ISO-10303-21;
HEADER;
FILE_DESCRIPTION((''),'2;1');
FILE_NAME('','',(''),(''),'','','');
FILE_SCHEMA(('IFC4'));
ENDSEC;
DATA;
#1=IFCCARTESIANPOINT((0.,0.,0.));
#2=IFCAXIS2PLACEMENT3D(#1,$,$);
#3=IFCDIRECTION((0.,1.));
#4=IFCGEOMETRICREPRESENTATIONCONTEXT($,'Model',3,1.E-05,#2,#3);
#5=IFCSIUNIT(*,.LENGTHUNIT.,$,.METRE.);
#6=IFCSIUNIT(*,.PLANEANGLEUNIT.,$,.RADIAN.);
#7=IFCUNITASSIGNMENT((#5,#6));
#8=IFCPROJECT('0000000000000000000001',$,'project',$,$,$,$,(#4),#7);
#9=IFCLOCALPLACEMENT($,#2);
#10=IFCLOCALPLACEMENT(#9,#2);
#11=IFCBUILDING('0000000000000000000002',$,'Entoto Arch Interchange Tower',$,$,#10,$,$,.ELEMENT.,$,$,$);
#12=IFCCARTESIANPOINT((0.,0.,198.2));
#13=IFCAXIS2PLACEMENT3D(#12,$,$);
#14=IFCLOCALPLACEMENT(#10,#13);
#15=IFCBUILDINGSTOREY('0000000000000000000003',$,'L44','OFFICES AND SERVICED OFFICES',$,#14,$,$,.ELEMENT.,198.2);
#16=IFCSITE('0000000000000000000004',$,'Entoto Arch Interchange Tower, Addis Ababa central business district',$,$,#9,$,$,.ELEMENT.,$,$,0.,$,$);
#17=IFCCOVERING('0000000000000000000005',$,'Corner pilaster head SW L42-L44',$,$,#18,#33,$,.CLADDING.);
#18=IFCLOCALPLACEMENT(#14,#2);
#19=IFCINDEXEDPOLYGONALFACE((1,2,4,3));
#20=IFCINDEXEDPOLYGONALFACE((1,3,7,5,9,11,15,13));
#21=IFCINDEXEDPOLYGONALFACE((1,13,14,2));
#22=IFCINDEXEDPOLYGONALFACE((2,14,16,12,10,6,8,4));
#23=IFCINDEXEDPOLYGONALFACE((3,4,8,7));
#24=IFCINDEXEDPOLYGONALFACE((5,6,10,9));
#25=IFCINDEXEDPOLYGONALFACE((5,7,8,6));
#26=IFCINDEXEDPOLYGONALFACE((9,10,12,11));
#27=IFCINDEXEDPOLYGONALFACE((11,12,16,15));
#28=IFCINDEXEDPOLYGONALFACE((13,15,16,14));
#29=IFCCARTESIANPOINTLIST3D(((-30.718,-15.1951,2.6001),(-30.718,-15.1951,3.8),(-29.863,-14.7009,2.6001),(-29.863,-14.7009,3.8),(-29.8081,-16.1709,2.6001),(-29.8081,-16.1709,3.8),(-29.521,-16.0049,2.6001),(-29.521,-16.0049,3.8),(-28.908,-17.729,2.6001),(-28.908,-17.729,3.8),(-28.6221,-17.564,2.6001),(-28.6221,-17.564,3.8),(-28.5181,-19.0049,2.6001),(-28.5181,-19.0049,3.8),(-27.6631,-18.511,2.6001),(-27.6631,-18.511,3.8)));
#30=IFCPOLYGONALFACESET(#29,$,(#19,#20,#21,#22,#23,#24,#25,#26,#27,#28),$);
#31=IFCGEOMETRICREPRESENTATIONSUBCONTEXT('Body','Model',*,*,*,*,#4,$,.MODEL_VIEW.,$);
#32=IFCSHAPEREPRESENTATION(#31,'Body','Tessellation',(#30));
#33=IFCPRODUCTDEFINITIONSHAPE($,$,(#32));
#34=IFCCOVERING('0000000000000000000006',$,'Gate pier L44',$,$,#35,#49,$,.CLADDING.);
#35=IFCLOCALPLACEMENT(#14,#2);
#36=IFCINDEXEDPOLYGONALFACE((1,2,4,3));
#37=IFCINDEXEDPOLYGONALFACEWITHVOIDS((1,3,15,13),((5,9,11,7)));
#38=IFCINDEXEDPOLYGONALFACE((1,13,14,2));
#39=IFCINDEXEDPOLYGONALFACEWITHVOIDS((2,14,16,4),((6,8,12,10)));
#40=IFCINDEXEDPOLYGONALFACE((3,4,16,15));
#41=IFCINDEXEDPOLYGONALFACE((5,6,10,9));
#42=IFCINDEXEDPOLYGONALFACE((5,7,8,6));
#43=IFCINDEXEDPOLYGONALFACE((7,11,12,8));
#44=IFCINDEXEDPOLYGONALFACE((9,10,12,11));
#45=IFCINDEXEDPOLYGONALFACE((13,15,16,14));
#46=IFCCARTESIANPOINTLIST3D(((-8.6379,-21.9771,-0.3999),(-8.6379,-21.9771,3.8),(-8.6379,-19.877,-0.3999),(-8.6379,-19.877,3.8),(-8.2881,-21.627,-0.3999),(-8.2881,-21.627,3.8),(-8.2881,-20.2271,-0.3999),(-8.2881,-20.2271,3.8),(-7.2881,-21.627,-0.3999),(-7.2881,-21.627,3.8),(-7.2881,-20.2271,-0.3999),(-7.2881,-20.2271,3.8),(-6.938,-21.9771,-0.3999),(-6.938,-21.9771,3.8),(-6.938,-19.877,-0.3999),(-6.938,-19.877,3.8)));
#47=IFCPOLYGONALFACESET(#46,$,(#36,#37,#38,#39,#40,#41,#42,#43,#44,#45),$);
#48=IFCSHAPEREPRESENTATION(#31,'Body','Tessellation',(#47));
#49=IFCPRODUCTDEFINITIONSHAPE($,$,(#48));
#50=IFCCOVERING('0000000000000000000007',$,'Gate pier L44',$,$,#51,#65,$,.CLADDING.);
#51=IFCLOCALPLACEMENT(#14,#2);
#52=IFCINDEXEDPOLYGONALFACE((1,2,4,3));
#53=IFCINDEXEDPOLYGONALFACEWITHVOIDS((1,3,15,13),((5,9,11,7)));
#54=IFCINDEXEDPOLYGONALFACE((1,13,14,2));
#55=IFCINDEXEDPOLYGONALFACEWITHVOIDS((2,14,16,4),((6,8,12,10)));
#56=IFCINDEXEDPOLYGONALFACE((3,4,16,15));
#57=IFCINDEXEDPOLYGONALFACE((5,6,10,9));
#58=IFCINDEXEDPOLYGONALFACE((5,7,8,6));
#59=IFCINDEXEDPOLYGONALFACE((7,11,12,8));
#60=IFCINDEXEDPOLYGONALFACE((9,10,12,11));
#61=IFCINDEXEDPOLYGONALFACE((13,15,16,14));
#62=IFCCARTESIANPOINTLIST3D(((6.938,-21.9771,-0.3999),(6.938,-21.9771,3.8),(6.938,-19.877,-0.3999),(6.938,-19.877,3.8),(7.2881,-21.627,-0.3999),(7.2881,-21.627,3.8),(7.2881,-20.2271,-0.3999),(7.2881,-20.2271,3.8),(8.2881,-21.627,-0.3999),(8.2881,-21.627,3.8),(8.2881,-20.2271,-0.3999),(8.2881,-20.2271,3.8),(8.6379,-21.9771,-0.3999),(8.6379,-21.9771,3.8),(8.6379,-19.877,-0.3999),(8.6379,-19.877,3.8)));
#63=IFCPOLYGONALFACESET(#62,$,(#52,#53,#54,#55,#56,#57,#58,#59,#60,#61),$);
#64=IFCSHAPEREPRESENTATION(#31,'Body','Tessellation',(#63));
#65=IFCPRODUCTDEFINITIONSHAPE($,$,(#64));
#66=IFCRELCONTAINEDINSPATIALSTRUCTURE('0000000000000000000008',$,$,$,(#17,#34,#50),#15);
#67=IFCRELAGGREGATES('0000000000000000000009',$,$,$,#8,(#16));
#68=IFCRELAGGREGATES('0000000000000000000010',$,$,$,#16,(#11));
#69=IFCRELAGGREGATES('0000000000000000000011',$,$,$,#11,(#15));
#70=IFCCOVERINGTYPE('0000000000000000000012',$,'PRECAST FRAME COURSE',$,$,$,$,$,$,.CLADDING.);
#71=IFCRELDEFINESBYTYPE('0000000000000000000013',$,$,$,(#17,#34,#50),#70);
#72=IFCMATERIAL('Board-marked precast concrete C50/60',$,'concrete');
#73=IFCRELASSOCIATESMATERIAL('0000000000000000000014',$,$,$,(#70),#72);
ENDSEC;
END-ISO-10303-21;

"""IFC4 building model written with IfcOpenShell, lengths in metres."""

from ifc_helpers import new_model, si_unit, direction, frame, origin, place, context, subcontext, project, spatial, polyline, outline, extrude, material, type_object, element, save


model = new_model("IFC4")

# Units and contexts
model_context = context("Model", 3, precision=1e-05, world=origin(), true_north=direction((0.0, 1.0)))
body_context = subcontext(model_context, "Body", "Model", "MODEL_VIEW")
ifc_project = project(units=[si_unit("LENGTHUNIT", "METRE"), si_unit("PLANEANGLEUNIT", "RADIAN")], contexts=[model_context])

# Site, building, storey
site_placement = place(None, origin())
site = spatial("IfcSite", under=ifc_project, at=site_placement, Name="Entoto Arch Interchange Tower, Addis Ababa central business district", CompositionType="ELEMENT", RefElevation=0.0)
building_placement = place(site_placement, origin())
building = spatial("IfcBuilding", under=site, at=building_placement, Name="Entoto Arch Interchange Tower", CompositionType="ELEMENT")
storey_placement = place(building_placement, frame((0.0, 0.0, 198.2)))
storey = spatial("IfcBuildingStorey", under=building, at=storey_placement, Name="L44", Description="OFFICES AND SERVICED OFFICES", CompositionType="ELEMENT", Elevation=198.2)

# Shared definitions
ifc_material_1 = material(Name="Board-marked precast concrete C50/60", Category="concrete")

# Coverings
covering_type = type_object("IfcCoveringType", Name="PRECAST FRAME COURSE", PredefinedType="CLADDING", material=ifc_material_1)
covering_1_placement = place(storey_placement, frame((0.0, 0.0, 2.6001)))
element("IfcCovering", 1, at=covering_1_placement, inside=storey, type_object=covering_type, Name="Corner pilaster head SW L42-L44", PredefinedType="CLADDING", context=body_context, shape_type="SweptSolid", body=[
    extrude(outline(polyline([(-28.5181, -19.0049), (-30.718, -15.1951), (-29.863, -14.7009), (-29.521, -16.0049), (-29.8081, -16.1709), (-28.908, -17.729), (-28.6221, -17.564), (-27.6631, -18.511), (-28.5181, -19.0049)])), origin(), (0.0, 0.0, 1.0), 1.2),
])
covering_2_placement = place(storey_placement, frame((0.0, 0.0, -0.3999)))
element("IfcCovering", 2, at=covering_2_placement, inside=storey, type_object=covering_type, Name="Gate pier L44", PredefinedType="CLADDING", context=body_context, shape_type="SweptSolid", body=[
    extrude(outline(polyline([(-8.6379, -19.877), (-6.938, -19.877), (-6.938, -21.9771), (-8.6379, -21.9771), (-8.6379, -19.877)]), holes=[polyline([(-8.2881, -20.2271), (-8.2881, -21.627), (-7.2881, -21.627), (-7.2881, -20.2271), (-8.2881, -20.2271)])]), origin(), (0.0, 0.0, 1.0), 4.2),
])
covering_3_placement = place(storey_placement, frame((0.0, 0.0, -0.3999)))
element("IfcCovering", 3, at=covering_3_placement, inside=storey, type_object=covering_type, Name="Gate pier L44", PredefinedType="CLADDING", context=body_context, shape_type="SweptSolid", body=[
    extrude(outline(polyline([(6.938, -19.877), (8.6379, -19.877), (8.6379, -21.9771), (6.938, -21.9771), (6.938, -19.877)]), holes=[polyline([(7.2881, -20.2271), (7.2881, -21.627), (8.2881, -21.627), (8.2881, -20.2271), (7.2881, -20.2271)])]), origin(), (0.0, 0.0, 1.0), 4.2),
])

save(model, "model.ifc")
